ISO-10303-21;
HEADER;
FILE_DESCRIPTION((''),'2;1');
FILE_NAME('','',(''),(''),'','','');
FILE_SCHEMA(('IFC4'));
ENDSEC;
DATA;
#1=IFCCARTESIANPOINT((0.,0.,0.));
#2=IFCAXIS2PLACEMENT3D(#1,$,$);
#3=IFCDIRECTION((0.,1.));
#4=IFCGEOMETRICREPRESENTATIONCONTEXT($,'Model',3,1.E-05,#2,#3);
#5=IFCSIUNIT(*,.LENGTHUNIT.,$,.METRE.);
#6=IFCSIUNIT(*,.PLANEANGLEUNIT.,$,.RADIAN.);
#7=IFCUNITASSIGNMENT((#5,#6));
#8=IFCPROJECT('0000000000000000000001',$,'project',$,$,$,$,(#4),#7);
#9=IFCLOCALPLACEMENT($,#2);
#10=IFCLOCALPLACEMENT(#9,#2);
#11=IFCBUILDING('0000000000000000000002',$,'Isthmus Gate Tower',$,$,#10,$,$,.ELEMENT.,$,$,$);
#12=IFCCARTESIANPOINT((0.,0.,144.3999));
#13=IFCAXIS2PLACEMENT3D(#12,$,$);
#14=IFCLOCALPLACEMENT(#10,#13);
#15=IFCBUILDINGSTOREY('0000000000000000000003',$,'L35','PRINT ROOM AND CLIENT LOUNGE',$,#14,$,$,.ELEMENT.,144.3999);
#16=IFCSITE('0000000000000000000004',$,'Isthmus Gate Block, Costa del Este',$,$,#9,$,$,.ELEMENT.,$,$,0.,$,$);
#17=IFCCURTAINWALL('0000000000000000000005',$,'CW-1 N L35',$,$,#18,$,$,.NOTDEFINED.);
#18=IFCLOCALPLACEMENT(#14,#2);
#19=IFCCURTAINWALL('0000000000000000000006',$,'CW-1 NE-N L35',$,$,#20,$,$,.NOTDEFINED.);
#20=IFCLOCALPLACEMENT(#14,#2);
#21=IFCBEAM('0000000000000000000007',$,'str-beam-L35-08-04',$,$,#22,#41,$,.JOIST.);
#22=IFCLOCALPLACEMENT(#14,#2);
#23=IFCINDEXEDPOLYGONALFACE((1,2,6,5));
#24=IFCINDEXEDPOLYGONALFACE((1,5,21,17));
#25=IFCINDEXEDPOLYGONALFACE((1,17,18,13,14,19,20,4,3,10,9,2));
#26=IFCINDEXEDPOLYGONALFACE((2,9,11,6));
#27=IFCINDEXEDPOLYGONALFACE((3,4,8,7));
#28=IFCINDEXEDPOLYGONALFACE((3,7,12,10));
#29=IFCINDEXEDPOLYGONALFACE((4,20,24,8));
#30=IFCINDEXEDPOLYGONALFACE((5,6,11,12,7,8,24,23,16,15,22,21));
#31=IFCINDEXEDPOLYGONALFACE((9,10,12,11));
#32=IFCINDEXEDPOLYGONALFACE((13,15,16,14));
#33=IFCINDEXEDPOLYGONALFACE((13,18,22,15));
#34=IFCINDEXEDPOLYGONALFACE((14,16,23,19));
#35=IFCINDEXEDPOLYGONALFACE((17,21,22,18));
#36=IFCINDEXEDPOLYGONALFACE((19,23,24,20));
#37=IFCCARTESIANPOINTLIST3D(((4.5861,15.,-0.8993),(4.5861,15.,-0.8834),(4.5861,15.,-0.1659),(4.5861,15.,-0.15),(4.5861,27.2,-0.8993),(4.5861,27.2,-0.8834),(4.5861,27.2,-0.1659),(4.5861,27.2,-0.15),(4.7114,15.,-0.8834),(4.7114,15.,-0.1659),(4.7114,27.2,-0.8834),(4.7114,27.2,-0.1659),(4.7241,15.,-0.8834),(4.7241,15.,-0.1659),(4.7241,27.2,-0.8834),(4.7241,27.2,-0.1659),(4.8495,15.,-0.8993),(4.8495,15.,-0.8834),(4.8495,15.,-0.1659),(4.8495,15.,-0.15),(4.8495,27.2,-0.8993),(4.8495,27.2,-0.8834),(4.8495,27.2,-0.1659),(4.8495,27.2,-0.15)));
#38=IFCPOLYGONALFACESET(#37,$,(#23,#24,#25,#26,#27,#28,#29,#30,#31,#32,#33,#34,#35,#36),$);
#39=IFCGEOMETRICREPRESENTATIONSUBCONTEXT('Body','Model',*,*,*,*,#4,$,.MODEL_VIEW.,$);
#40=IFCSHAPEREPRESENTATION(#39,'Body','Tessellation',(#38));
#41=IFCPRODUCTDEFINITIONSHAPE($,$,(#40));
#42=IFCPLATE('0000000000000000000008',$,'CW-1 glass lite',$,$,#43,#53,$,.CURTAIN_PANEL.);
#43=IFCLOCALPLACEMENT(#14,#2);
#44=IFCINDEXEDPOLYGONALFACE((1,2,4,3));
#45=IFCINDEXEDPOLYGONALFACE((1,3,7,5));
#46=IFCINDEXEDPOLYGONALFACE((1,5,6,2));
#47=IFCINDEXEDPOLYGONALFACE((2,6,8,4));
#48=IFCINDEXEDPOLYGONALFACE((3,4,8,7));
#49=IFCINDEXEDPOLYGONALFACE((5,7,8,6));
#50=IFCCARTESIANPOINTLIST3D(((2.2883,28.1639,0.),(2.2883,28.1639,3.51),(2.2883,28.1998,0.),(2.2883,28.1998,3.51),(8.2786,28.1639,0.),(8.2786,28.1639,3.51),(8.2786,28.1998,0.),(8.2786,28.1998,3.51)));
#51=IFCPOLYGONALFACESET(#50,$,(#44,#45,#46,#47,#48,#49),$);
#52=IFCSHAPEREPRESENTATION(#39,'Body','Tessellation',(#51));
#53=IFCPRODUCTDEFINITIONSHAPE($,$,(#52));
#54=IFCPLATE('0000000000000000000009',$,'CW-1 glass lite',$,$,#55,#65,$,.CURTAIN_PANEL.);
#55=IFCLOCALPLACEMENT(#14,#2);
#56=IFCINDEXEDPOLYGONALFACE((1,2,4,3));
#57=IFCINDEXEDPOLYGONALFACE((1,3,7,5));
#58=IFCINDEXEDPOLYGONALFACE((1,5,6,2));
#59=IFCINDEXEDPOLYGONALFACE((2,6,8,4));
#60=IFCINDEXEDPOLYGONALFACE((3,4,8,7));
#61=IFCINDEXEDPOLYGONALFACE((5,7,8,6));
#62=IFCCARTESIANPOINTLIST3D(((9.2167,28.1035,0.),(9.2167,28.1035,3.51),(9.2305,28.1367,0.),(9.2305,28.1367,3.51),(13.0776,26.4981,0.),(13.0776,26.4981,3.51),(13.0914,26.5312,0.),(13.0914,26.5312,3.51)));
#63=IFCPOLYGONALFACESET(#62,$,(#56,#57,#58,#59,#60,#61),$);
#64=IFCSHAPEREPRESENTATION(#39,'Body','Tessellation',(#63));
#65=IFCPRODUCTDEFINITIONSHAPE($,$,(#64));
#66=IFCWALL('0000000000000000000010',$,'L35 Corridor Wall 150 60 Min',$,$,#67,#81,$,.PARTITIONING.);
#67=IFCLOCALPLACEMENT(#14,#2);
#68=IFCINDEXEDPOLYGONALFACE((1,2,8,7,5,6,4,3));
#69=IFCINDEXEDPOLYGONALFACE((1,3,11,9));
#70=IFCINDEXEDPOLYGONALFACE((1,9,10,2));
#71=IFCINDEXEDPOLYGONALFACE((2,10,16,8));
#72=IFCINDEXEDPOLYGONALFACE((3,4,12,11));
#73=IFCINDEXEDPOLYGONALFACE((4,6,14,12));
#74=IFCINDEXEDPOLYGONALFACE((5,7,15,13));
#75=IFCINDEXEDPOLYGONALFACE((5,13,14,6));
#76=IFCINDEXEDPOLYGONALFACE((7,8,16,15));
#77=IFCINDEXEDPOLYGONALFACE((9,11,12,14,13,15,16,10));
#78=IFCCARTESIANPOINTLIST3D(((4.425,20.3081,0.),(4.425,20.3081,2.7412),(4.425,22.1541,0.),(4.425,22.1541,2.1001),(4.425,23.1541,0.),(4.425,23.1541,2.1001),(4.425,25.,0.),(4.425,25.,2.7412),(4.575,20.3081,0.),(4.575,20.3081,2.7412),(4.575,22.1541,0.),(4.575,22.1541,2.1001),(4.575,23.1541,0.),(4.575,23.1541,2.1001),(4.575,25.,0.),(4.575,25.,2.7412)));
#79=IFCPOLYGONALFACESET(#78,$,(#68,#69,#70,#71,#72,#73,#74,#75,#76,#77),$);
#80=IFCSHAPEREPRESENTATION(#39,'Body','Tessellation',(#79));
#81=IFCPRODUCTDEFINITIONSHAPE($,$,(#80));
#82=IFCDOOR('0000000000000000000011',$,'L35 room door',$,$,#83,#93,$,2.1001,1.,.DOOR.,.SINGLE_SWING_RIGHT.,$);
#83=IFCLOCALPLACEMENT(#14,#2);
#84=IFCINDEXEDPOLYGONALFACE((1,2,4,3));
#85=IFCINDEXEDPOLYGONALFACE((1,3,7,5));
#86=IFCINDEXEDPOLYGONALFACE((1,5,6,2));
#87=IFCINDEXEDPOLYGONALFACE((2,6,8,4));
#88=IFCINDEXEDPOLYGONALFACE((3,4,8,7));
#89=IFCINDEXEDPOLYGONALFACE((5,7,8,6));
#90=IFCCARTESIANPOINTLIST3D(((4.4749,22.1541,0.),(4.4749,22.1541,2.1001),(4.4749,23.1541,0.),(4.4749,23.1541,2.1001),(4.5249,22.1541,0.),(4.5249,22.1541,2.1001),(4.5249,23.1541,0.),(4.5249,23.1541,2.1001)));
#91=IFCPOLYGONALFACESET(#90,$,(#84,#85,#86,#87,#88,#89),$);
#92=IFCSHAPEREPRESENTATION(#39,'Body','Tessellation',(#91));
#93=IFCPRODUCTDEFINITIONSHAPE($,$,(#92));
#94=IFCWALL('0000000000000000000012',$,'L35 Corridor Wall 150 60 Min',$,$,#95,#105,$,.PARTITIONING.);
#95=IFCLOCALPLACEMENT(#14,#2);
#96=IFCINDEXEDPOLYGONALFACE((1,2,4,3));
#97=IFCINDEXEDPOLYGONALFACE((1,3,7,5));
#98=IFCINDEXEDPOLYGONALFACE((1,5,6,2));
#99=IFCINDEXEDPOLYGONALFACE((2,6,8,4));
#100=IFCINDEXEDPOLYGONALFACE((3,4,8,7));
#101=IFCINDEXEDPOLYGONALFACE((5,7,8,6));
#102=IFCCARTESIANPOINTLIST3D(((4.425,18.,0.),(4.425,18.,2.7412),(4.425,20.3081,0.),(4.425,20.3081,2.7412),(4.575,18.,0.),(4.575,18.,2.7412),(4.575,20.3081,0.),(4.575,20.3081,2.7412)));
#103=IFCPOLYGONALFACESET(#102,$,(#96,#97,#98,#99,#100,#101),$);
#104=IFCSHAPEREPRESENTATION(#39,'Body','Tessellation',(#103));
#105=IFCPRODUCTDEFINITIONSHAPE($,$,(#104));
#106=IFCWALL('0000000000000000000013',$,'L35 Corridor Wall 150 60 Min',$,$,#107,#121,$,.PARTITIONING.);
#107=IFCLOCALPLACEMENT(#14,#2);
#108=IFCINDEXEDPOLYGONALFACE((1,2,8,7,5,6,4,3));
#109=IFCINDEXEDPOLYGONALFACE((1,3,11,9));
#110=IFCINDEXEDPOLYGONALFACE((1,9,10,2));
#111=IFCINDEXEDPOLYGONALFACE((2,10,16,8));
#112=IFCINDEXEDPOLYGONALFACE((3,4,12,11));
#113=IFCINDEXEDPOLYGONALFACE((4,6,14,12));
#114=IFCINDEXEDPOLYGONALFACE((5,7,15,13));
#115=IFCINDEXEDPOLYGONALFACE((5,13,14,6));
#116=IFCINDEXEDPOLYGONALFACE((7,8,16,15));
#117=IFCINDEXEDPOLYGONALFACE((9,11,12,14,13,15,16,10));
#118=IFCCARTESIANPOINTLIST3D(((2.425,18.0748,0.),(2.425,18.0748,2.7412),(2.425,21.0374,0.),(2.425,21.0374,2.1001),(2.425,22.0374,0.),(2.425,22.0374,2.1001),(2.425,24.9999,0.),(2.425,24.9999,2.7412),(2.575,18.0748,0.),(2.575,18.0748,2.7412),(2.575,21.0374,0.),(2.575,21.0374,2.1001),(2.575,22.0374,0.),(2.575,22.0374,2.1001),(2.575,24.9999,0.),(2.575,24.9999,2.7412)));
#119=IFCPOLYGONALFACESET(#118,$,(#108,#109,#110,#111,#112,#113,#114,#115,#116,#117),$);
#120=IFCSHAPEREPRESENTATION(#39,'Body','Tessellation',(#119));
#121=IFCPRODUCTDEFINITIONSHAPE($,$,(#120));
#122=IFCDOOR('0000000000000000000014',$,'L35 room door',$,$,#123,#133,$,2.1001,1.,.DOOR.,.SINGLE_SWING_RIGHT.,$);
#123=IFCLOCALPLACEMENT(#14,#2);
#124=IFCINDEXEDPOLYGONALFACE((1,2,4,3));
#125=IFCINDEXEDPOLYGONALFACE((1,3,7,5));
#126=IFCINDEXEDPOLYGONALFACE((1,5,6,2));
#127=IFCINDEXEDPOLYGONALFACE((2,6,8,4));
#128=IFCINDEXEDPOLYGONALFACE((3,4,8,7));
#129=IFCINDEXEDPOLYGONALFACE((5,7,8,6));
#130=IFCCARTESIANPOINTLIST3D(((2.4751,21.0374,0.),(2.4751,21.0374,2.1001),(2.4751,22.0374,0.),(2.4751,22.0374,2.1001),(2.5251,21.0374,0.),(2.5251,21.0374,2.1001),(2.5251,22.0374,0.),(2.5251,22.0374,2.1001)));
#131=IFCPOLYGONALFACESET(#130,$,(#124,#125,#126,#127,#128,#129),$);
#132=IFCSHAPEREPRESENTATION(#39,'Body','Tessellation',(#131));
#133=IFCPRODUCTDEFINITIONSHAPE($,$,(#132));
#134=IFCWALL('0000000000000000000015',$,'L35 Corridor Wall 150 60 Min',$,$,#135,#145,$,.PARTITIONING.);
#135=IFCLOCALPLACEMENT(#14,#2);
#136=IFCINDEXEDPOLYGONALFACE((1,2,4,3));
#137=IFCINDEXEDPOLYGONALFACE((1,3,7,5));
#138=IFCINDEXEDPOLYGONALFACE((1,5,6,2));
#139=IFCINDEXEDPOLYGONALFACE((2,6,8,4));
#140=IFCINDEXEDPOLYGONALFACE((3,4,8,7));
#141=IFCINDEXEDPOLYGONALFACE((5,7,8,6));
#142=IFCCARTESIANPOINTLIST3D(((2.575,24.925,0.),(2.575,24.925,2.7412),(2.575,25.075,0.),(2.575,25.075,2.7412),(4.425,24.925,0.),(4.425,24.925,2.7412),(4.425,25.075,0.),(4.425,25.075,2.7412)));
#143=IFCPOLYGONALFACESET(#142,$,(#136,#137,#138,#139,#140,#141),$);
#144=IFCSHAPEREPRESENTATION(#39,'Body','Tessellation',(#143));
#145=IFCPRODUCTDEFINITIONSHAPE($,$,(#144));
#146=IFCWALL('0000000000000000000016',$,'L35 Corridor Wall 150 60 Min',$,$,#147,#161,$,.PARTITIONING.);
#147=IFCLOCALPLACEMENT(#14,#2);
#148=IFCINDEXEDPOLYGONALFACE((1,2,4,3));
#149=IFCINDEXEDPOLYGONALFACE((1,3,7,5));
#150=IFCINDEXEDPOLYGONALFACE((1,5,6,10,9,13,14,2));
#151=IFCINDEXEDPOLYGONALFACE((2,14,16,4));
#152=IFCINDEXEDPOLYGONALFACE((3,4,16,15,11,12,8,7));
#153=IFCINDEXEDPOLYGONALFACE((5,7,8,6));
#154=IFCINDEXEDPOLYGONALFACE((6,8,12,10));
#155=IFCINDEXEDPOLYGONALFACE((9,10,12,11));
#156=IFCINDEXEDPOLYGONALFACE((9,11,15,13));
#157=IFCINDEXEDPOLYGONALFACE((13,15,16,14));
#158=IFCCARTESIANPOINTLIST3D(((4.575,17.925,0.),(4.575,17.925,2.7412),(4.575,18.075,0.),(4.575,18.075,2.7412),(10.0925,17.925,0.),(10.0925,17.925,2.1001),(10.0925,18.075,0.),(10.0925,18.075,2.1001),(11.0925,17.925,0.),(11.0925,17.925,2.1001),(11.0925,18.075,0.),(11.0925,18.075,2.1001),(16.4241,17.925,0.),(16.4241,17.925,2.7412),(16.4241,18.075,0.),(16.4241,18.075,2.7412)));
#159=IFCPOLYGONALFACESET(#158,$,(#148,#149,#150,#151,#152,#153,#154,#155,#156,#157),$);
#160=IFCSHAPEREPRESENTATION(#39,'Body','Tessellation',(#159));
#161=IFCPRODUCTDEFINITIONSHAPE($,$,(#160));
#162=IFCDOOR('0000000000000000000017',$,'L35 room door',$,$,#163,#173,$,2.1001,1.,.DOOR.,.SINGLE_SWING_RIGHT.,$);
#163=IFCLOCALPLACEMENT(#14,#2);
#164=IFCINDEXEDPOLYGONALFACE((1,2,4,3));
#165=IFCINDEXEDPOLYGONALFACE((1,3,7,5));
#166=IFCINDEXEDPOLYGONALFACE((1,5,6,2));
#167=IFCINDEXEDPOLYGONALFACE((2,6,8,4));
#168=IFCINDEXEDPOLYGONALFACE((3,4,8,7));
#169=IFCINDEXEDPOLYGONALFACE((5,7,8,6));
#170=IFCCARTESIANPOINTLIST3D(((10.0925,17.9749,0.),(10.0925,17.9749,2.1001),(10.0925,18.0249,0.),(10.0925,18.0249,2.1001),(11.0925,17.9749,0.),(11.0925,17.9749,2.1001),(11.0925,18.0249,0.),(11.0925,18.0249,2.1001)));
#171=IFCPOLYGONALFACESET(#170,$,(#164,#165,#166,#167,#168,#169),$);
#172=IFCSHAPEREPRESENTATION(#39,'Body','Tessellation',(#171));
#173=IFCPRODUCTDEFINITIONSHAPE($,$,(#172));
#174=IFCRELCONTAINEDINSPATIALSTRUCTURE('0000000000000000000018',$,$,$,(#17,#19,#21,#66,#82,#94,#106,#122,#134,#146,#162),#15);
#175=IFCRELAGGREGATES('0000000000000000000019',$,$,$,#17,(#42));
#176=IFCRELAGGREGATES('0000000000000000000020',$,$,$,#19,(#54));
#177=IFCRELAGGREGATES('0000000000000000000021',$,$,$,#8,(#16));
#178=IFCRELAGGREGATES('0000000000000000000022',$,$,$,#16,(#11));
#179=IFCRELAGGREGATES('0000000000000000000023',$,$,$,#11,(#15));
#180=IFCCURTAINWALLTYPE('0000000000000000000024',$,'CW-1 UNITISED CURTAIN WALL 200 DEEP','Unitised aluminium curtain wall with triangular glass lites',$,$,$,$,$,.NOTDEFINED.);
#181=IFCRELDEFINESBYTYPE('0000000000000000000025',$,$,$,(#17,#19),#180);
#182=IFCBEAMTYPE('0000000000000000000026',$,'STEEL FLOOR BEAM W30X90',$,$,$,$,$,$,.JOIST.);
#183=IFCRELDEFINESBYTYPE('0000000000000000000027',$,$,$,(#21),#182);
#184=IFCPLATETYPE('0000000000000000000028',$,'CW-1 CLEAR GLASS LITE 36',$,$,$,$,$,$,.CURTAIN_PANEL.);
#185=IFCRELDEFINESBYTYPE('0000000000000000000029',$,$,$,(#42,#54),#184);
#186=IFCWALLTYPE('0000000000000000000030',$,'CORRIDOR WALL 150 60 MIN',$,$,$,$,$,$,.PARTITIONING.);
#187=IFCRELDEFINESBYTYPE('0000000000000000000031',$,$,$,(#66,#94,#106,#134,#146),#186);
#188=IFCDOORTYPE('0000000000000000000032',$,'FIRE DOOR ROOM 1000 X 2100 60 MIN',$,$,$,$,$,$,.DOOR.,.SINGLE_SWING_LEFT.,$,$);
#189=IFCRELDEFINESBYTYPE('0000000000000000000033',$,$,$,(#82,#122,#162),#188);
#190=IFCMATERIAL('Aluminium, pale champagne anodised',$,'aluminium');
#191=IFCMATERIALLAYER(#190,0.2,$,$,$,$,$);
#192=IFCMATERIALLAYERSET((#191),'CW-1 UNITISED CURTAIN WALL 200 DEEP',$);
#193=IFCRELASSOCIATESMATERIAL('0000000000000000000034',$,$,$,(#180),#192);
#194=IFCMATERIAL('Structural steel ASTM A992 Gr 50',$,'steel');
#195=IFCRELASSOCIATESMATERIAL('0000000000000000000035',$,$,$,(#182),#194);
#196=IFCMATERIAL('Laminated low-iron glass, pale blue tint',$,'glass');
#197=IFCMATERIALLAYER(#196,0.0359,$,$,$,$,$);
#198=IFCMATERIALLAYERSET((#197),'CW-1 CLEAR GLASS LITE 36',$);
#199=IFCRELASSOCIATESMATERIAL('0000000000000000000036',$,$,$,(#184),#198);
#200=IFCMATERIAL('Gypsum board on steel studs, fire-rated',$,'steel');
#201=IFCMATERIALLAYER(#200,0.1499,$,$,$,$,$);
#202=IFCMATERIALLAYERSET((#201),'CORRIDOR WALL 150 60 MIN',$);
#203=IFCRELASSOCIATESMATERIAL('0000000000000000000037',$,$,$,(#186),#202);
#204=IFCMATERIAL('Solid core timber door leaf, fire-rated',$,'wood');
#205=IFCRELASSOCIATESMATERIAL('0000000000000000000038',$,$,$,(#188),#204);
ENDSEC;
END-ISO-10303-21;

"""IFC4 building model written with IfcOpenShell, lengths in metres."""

from ifc_helpers import new_model, si_unit, direction, frame, frame_2d, origin, origin_2d, place, context, subcontext, project, spatial, rectangle, i_section, extrude, material, layer, layer_set, material_profile, profile_set, type_object, element, fill, aggregate, save


model = new_model("IFC4")

# Units and contexts
model_context = context("Model", 3, precision=1e-05, world=origin(), true_north=direction((0.0, 1.0)))
body_context = subcontext(model_context, "Body", "Model", "MODEL_VIEW")
ifc_project = project(units=[si_unit("LENGTHUNIT", "METRE"), si_unit("PLANEANGLEUNIT", "RADIAN")], contexts=[model_context])

# Site, building, storey
site_placement = place(None, origin())
site = spatial("IfcSite", under=ifc_project, at=site_placement, Name="Isthmus Gate Block, Costa del Este", CompositionType="ELEMENT", RefElevation=0.0)
building_placement = place(site_placement, origin())
building = spatial("IfcBuilding", under=site, at=building_placement, Name="Isthmus Gate Tower", CompositionType="ELEMENT")
storey_placement = place(building_placement, frame((0.0, 0.0, 144.3999)))
storey = spatial("IfcBuildingStorey", under=building, at=storey_placement, Name="L35", Description="PRINT ROOM AND CLIENT LOUNGE", CompositionType="ELEMENT", Elevation=144.3999)

# Curtain walls
ifc_material_1 = material(Name="Aluminium, pale champagne anodised", Category="aluminium")
ifc_layer_1 = layer(ifc_material_1, 0.2)
ifc_layer_set_1 = layer_set([ifc_layer_1], Name="CW-1 UNITISED CURTAIN WALL 200 DEEP")
curtain_wall_type = type_object("IfcCurtainWallType", Name="CW-1 UNITISED CURTAIN WALL 200 DEEP", Description="Unitised aluminium curtain wall with triangular glass lites", PredefinedType="NOTDEFINED", material=ifc_layer_set_1)
curtain_wall_1_placement = place(storey_placement, origin())
curtain_wall_1 = element("IfcCurtainWall", 1, at=curtain_wall_1_placement, inside=storey, type_object=curtain_wall_type, Name="CW-1 N L35", PredefinedType="NOTDEFINED")
curtain_wall_2_placement = place(storey_placement, origin())
curtain_wall_2 = element("IfcCurtainWall", 2, at=curtain_wall_2_placement, inside=storey, type_object=curtain_wall_type, Name="CW-1 NE-N L35", PredefinedType="NOTDEFINED")

# Beam
ifc_material_2 = material(Name="Structural steel ASTM A992 Gr 50", Category="steel")
ifc_material_profile_1 = material_profile(ifc_material_2, i_section(OverallWidth=0.2634, OverallDepth=0.7493, WebThickness=0.0127, FlangeThickness=0.0159, at=origin_2d()), Name="W30X90")
ifc_profile_set_1 = profile_set([ifc_material_profile_1], Name="Structural steel ASTM A992 Gr 50")
beam_type_1 = type_object("IfcBeamType", Name="STEEL FLOOR BEAM W30X90", PredefinedType="JOIST", material=ifc_profile_set_1)
beam_1_placement = place(storey_placement, frame((4.7178, 15.0, -0.5247), z_axis=(0.0, 1.0, 0.0), x_axis=(-1.0, 0.0, 0.0)))
element("IfcBeam", 3, at=beam_1_placement, inside=storey, type_object=beam_type_1, Name="str-beam-L35-08-04", PredefinedType="JOIST", context=body_context, shape_type="SweptSolid", body=[
    extrude(i_section(OverallWidth=0.2634, OverallDepth=0.7493, WebThickness=0.0127, FlangeThickness=0.0159, at=origin_2d()), origin(), (0.0, 0.0, 1.0), 12.2),
])

# Plates
ifc_material_3 = material(Name="Laminated low-iron glass, pale blue tint", Category="glass")
ifc_layer_2 = layer(ifc_material_3, 0.0359)
ifc_layer_set_2 = layer_set([ifc_layer_2], Name="CW-1 CLEAR GLASS LITE 36")
plate_type = type_object("IfcPlateType", Name="CW-1 CLEAR GLASS LITE 36", PredefinedType="CURTAIN_PANEL", material=ifc_layer_set_2)
plate_1_placement = place(storey_placement, frame((5.2834, 28.1819, 0.0), z_axis=(0.0, 0.0, 1.0), x_axis=(-1.0, 0.0, 0.0)))
plate_1 = element("IfcPlate", 4, at=plate_1_placement, type_object=plate_type, Name="CW-1 glass lite", PredefinedType="CURTAIN_PANEL", context=body_context, shape_type="SweptSolid", body=[
    extrude(rectangle(XDim=5.9902, YDim=0.0359, at=origin_2d()), origin(), (0.0, 0.0, 1.0), 3.51),
])
aggregate(curtain_wall_1, [plate_1])
plate_2_placement = place(storey_placement, frame((11.1541, 27.3174, 0.0), z_axis=(0.0, 0.0, 1.0), x_axis=(-0.923353, 0.383952, 0.0)))
plate_2 = element("IfcPlate", 5, at=plate_2_placement, type_object=plate_type, Name="CW-1 glass lite", PredefinedType="CURTAIN_PANEL", context=body_context, shape_type="SweptSolid", body=[
    extrude(rectangle(XDim=4.1814, YDim=0.0359, at=origin_2d()), origin(), (0.0, 0.0, 1.0), 3.51),
])
aggregate(curtain_wall_2, [plate_2])

# Wall, opening, door
ifc_material_4 = material(Name="Gypsum board on steel studs, fire-rated", Category="steel")
ifc_layer_3 = layer(ifc_material_4, 0.1499)
ifc_layer_set_3 = layer_set([ifc_layer_3], Name="CORRIDOR WALL 150 60 MIN")
wall_type_1 = type_object("IfcWallType", Name="CORRIDOR WALL 150 60 MIN", PredefinedType="PARTITIONING", material=ifc_layer_set_3)
wall_1_placement = place(storey_placement, frame((4.5, 25.0, 0.0), z_axis=(0.0, 0.0, 1.0), x_axis=(0.0, -1.0, 0.0)))
wall_1 = element("IfcWall", 6, at=wall_1_placement, inside=storey, type_object=wall_type_1, Name="L35 Corridor Wall 150 60 Min", PredefinedType="PARTITIONING", context=body_context, shape_type="SweptSolid", body=[
    extrude(rectangle(XDim=4.6919, YDim=0.1499, at=frame_2d((2.3459, 0.0))), origin(), (0.0, 0.0, 1.0), 2.7412),
])
opening_1_placement = place(wall_1_placement, frame((1.8459, 0.0, 0.0)))
opening_1 = element("IfcOpeningElement", 7, at=opening_1_placement, cuts=wall_1, PredefinedType="OPENING", context=body_context, shape_type="SweptSolid", body=[
    extrude(rectangle(XDim=1.0, YDim=2.1001, at=frame_2d((0.5, 1.05))), frame((0.0, 0.085, 0.0), z_axis=(0.0, -1.0, 0.0), x_axis=(1.0, 0.0, 0.0)), (0.0, 0.0, 1.0), 0.1699),
])
ifc_material_5 = material(Name="Solid core timber door leaf, fire-rated", Category="wood")
door_type = type_object("IfcDoorType", Name="FIRE DOOR ROOM 1000 X 2100 60 MIN", OperationType="SINGLE_SWING_LEFT", PredefinedType="DOOR", material=ifc_material_5)
door_1_placement = place(opening_1_placement, origin())
door_1 = element("IfcDoor", 8, at=door_1_placement, inside=storey, type_object=door_type, Name="L35 room door", OperationType="SINGLE_SWING_RIGHT", OverallHeight=2.1001, OverallWidth=1.0, PredefinedType="DOOR", context=body_context, shape_type="SweptSolid", body=[
    extrude(rectangle(XDim=1.0, YDim=2.1001, at=frame_2d((0.5, 1.05))), frame((0.0, 0.0249, 0.0), z_axis=(0.0, -1.0, 0.0), x_axis=(1.0, 0.0, 0.0)), (0.0, 0.0, 1.0), 0.05),
])
fill(opening_1, door_1)

# Wall
wall_2_placement = place(storey_placement, frame((4.5, 20.3081, 0.0), z_axis=(0.0, 0.0, 1.0), x_axis=(0.0, -1.0, 0.0)))
element("IfcWall", 9, at=wall_2_placement, inside=storey, type_object=wall_type_1, Name="L35 Corridor Wall 150 60 Min", PredefinedType="PARTITIONING", context=body_context, shape_type="SweptSolid", body=[
    extrude(rectangle(XDim=2.3081, YDim=0.1499, at=frame_2d((1.1541, 0.0))), origin(), (0.0, 0.0, 1.0), 2.7412),
])

# Wall, opening, door
wall_3_placement = place(storey_placement, frame((2.5, 18.075, 0.0), z_axis=(0.0, 0.0, 1.0), x_axis=(0.0, 1.0, 0.0)))
wall_3 = element("IfcWall", 10, at=wall_3_placement, inside=storey, type_object=wall_type_1, Name="L35 Corridor Wall 150 60 Min", PredefinedType="PARTITIONING", context=body_context, shape_type="SweptSolid", body=[
    extrude(rectangle(XDim=6.925, YDim=0.1499, at=frame_2d((3.4624, 0.0))), origin(), (0.0, 0.0, 1.0), 2.7412),
])
opening_2_placement = place(wall_3_placement, frame((2.9624, 0.0, 0.0)))
opening_2 = element("IfcOpeningElement", 11, at=opening_2_placement, cuts=wall_3, PredefinedType="OPENING", context=body_context, shape_type="SweptSolid", body=[
    extrude(rectangle(XDim=1.0, YDim=2.1001, at=frame_2d((0.5, 1.05))), frame((0.0, 0.085, 0.0), z_axis=(0.0, -1.0, 0.0), x_axis=(1.0, 0.0, 0.0)), (0.0, 0.0, 1.0), 0.1699),
])
door_2_placement = place(opening_2_placement, origin())
door_2 = element("IfcDoor", 12, at=door_2_placement, inside=storey, type_object=door_type, Name="L35 room door", OperationType="SINGLE_SWING_RIGHT", OverallHeight=2.1001, OverallWidth=1.0, PredefinedType="DOOR", context=body_context, shape_type="SweptSolid", body=[
    extrude(rectangle(XDim=1.0, YDim=2.1001, at=frame_2d((0.5, 1.05))), frame((0.0, 0.0249, 0.0), z_axis=(0.0, -1.0, 0.0), x_axis=(1.0, 0.0, 0.0)), (0.0, 0.0, 1.0), 0.05),
])
fill(opening_2, door_2)

# Wall
wall_4_placement = place(storey_placement, frame((2.575, 25.0, 0.0), z_axis=(0.0, 0.0, 1.0), x_axis=(1.0, 0.0, 0.0)))
element("IfcWall", 13, at=wall_4_placement, inside=storey, type_object=wall_type_1, Name="L35 Corridor Wall 150 60 Min", PredefinedType="PARTITIONING", context=body_context, shape_type="SweptSolid", body=[
    extrude(rectangle(XDim=1.8501, YDim=0.1499, at=frame_2d((0.925, 0.0))), origin(), (0.0, 0.0, 1.0), 2.7412),
])

# Wall, opening, door
wall_5_placement = place(storey_placement, frame((4.575, 18.0, 0.0), z_axis=(0.0, 0.0, 1.0), x_axis=(1.0, 0.0, 0.0)))
wall_5 = element("IfcWall", 14, at=wall_5_placement, inside=storey, type_object=wall_type_1, Name="L35 Corridor Wall 150 60 Min", PredefinedType="PARTITIONING", context=body_context, shape_type="SweptSolid", body=[
    extrude(rectangle(XDim=11.8491, YDim=0.1499, at=frame_2d((5.9246, 0.0))), origin(), (0.0, 0.0, 1.0), 2.7412),
])
opening_3_placement = place(wall_5_placement, frame((5.5176, 0.0, 0.0)))
opening_3 = element("IfcOpeningElement", 15, at=opening_3_placement, cuts=wall_5, PredefinedType="OPENING", context=body_context, shape_type="SweptSolid", body=[
    extrude(rectangle(XDim=1.0, YDim=2.1001, at=frame_2d((0.5, 1.05))), frame((0.0, 0.085, 0.0), z_axis=(0.0, -1.0, 0.0), x_axis=(1.0, 0.0, 0.0)), (0.0, 0.0, 1.0), 0.1699),
])
door_3_placement = place(opening_3_placement, origin())
door_3 = element("IfcDoor", 16, at=door_3_placement, inside=storey, type_object=door_type, Name="L35 room door", OperationType="SINGLE_SWING_RIGHT", OverallHeight=2.1001, OverallWidth=1.0, PredefinedType="DOOR", context=body_context, shape_type="SweptSolid", body=[
    extrude(rectangle(XDim=1.0, YDim=2.1001, at=frame_2d((0.5, 1.05))), frame((0.0, 0.0249, 0.0), z_axis=(0.0, -1.0, 0.0), x_axis=(1.0, 0.0, 0.0)), (0.0, 0.0, 1.0), 0.05),
])
fill(opening_3, door_3)

save(model, "model.ifc")
